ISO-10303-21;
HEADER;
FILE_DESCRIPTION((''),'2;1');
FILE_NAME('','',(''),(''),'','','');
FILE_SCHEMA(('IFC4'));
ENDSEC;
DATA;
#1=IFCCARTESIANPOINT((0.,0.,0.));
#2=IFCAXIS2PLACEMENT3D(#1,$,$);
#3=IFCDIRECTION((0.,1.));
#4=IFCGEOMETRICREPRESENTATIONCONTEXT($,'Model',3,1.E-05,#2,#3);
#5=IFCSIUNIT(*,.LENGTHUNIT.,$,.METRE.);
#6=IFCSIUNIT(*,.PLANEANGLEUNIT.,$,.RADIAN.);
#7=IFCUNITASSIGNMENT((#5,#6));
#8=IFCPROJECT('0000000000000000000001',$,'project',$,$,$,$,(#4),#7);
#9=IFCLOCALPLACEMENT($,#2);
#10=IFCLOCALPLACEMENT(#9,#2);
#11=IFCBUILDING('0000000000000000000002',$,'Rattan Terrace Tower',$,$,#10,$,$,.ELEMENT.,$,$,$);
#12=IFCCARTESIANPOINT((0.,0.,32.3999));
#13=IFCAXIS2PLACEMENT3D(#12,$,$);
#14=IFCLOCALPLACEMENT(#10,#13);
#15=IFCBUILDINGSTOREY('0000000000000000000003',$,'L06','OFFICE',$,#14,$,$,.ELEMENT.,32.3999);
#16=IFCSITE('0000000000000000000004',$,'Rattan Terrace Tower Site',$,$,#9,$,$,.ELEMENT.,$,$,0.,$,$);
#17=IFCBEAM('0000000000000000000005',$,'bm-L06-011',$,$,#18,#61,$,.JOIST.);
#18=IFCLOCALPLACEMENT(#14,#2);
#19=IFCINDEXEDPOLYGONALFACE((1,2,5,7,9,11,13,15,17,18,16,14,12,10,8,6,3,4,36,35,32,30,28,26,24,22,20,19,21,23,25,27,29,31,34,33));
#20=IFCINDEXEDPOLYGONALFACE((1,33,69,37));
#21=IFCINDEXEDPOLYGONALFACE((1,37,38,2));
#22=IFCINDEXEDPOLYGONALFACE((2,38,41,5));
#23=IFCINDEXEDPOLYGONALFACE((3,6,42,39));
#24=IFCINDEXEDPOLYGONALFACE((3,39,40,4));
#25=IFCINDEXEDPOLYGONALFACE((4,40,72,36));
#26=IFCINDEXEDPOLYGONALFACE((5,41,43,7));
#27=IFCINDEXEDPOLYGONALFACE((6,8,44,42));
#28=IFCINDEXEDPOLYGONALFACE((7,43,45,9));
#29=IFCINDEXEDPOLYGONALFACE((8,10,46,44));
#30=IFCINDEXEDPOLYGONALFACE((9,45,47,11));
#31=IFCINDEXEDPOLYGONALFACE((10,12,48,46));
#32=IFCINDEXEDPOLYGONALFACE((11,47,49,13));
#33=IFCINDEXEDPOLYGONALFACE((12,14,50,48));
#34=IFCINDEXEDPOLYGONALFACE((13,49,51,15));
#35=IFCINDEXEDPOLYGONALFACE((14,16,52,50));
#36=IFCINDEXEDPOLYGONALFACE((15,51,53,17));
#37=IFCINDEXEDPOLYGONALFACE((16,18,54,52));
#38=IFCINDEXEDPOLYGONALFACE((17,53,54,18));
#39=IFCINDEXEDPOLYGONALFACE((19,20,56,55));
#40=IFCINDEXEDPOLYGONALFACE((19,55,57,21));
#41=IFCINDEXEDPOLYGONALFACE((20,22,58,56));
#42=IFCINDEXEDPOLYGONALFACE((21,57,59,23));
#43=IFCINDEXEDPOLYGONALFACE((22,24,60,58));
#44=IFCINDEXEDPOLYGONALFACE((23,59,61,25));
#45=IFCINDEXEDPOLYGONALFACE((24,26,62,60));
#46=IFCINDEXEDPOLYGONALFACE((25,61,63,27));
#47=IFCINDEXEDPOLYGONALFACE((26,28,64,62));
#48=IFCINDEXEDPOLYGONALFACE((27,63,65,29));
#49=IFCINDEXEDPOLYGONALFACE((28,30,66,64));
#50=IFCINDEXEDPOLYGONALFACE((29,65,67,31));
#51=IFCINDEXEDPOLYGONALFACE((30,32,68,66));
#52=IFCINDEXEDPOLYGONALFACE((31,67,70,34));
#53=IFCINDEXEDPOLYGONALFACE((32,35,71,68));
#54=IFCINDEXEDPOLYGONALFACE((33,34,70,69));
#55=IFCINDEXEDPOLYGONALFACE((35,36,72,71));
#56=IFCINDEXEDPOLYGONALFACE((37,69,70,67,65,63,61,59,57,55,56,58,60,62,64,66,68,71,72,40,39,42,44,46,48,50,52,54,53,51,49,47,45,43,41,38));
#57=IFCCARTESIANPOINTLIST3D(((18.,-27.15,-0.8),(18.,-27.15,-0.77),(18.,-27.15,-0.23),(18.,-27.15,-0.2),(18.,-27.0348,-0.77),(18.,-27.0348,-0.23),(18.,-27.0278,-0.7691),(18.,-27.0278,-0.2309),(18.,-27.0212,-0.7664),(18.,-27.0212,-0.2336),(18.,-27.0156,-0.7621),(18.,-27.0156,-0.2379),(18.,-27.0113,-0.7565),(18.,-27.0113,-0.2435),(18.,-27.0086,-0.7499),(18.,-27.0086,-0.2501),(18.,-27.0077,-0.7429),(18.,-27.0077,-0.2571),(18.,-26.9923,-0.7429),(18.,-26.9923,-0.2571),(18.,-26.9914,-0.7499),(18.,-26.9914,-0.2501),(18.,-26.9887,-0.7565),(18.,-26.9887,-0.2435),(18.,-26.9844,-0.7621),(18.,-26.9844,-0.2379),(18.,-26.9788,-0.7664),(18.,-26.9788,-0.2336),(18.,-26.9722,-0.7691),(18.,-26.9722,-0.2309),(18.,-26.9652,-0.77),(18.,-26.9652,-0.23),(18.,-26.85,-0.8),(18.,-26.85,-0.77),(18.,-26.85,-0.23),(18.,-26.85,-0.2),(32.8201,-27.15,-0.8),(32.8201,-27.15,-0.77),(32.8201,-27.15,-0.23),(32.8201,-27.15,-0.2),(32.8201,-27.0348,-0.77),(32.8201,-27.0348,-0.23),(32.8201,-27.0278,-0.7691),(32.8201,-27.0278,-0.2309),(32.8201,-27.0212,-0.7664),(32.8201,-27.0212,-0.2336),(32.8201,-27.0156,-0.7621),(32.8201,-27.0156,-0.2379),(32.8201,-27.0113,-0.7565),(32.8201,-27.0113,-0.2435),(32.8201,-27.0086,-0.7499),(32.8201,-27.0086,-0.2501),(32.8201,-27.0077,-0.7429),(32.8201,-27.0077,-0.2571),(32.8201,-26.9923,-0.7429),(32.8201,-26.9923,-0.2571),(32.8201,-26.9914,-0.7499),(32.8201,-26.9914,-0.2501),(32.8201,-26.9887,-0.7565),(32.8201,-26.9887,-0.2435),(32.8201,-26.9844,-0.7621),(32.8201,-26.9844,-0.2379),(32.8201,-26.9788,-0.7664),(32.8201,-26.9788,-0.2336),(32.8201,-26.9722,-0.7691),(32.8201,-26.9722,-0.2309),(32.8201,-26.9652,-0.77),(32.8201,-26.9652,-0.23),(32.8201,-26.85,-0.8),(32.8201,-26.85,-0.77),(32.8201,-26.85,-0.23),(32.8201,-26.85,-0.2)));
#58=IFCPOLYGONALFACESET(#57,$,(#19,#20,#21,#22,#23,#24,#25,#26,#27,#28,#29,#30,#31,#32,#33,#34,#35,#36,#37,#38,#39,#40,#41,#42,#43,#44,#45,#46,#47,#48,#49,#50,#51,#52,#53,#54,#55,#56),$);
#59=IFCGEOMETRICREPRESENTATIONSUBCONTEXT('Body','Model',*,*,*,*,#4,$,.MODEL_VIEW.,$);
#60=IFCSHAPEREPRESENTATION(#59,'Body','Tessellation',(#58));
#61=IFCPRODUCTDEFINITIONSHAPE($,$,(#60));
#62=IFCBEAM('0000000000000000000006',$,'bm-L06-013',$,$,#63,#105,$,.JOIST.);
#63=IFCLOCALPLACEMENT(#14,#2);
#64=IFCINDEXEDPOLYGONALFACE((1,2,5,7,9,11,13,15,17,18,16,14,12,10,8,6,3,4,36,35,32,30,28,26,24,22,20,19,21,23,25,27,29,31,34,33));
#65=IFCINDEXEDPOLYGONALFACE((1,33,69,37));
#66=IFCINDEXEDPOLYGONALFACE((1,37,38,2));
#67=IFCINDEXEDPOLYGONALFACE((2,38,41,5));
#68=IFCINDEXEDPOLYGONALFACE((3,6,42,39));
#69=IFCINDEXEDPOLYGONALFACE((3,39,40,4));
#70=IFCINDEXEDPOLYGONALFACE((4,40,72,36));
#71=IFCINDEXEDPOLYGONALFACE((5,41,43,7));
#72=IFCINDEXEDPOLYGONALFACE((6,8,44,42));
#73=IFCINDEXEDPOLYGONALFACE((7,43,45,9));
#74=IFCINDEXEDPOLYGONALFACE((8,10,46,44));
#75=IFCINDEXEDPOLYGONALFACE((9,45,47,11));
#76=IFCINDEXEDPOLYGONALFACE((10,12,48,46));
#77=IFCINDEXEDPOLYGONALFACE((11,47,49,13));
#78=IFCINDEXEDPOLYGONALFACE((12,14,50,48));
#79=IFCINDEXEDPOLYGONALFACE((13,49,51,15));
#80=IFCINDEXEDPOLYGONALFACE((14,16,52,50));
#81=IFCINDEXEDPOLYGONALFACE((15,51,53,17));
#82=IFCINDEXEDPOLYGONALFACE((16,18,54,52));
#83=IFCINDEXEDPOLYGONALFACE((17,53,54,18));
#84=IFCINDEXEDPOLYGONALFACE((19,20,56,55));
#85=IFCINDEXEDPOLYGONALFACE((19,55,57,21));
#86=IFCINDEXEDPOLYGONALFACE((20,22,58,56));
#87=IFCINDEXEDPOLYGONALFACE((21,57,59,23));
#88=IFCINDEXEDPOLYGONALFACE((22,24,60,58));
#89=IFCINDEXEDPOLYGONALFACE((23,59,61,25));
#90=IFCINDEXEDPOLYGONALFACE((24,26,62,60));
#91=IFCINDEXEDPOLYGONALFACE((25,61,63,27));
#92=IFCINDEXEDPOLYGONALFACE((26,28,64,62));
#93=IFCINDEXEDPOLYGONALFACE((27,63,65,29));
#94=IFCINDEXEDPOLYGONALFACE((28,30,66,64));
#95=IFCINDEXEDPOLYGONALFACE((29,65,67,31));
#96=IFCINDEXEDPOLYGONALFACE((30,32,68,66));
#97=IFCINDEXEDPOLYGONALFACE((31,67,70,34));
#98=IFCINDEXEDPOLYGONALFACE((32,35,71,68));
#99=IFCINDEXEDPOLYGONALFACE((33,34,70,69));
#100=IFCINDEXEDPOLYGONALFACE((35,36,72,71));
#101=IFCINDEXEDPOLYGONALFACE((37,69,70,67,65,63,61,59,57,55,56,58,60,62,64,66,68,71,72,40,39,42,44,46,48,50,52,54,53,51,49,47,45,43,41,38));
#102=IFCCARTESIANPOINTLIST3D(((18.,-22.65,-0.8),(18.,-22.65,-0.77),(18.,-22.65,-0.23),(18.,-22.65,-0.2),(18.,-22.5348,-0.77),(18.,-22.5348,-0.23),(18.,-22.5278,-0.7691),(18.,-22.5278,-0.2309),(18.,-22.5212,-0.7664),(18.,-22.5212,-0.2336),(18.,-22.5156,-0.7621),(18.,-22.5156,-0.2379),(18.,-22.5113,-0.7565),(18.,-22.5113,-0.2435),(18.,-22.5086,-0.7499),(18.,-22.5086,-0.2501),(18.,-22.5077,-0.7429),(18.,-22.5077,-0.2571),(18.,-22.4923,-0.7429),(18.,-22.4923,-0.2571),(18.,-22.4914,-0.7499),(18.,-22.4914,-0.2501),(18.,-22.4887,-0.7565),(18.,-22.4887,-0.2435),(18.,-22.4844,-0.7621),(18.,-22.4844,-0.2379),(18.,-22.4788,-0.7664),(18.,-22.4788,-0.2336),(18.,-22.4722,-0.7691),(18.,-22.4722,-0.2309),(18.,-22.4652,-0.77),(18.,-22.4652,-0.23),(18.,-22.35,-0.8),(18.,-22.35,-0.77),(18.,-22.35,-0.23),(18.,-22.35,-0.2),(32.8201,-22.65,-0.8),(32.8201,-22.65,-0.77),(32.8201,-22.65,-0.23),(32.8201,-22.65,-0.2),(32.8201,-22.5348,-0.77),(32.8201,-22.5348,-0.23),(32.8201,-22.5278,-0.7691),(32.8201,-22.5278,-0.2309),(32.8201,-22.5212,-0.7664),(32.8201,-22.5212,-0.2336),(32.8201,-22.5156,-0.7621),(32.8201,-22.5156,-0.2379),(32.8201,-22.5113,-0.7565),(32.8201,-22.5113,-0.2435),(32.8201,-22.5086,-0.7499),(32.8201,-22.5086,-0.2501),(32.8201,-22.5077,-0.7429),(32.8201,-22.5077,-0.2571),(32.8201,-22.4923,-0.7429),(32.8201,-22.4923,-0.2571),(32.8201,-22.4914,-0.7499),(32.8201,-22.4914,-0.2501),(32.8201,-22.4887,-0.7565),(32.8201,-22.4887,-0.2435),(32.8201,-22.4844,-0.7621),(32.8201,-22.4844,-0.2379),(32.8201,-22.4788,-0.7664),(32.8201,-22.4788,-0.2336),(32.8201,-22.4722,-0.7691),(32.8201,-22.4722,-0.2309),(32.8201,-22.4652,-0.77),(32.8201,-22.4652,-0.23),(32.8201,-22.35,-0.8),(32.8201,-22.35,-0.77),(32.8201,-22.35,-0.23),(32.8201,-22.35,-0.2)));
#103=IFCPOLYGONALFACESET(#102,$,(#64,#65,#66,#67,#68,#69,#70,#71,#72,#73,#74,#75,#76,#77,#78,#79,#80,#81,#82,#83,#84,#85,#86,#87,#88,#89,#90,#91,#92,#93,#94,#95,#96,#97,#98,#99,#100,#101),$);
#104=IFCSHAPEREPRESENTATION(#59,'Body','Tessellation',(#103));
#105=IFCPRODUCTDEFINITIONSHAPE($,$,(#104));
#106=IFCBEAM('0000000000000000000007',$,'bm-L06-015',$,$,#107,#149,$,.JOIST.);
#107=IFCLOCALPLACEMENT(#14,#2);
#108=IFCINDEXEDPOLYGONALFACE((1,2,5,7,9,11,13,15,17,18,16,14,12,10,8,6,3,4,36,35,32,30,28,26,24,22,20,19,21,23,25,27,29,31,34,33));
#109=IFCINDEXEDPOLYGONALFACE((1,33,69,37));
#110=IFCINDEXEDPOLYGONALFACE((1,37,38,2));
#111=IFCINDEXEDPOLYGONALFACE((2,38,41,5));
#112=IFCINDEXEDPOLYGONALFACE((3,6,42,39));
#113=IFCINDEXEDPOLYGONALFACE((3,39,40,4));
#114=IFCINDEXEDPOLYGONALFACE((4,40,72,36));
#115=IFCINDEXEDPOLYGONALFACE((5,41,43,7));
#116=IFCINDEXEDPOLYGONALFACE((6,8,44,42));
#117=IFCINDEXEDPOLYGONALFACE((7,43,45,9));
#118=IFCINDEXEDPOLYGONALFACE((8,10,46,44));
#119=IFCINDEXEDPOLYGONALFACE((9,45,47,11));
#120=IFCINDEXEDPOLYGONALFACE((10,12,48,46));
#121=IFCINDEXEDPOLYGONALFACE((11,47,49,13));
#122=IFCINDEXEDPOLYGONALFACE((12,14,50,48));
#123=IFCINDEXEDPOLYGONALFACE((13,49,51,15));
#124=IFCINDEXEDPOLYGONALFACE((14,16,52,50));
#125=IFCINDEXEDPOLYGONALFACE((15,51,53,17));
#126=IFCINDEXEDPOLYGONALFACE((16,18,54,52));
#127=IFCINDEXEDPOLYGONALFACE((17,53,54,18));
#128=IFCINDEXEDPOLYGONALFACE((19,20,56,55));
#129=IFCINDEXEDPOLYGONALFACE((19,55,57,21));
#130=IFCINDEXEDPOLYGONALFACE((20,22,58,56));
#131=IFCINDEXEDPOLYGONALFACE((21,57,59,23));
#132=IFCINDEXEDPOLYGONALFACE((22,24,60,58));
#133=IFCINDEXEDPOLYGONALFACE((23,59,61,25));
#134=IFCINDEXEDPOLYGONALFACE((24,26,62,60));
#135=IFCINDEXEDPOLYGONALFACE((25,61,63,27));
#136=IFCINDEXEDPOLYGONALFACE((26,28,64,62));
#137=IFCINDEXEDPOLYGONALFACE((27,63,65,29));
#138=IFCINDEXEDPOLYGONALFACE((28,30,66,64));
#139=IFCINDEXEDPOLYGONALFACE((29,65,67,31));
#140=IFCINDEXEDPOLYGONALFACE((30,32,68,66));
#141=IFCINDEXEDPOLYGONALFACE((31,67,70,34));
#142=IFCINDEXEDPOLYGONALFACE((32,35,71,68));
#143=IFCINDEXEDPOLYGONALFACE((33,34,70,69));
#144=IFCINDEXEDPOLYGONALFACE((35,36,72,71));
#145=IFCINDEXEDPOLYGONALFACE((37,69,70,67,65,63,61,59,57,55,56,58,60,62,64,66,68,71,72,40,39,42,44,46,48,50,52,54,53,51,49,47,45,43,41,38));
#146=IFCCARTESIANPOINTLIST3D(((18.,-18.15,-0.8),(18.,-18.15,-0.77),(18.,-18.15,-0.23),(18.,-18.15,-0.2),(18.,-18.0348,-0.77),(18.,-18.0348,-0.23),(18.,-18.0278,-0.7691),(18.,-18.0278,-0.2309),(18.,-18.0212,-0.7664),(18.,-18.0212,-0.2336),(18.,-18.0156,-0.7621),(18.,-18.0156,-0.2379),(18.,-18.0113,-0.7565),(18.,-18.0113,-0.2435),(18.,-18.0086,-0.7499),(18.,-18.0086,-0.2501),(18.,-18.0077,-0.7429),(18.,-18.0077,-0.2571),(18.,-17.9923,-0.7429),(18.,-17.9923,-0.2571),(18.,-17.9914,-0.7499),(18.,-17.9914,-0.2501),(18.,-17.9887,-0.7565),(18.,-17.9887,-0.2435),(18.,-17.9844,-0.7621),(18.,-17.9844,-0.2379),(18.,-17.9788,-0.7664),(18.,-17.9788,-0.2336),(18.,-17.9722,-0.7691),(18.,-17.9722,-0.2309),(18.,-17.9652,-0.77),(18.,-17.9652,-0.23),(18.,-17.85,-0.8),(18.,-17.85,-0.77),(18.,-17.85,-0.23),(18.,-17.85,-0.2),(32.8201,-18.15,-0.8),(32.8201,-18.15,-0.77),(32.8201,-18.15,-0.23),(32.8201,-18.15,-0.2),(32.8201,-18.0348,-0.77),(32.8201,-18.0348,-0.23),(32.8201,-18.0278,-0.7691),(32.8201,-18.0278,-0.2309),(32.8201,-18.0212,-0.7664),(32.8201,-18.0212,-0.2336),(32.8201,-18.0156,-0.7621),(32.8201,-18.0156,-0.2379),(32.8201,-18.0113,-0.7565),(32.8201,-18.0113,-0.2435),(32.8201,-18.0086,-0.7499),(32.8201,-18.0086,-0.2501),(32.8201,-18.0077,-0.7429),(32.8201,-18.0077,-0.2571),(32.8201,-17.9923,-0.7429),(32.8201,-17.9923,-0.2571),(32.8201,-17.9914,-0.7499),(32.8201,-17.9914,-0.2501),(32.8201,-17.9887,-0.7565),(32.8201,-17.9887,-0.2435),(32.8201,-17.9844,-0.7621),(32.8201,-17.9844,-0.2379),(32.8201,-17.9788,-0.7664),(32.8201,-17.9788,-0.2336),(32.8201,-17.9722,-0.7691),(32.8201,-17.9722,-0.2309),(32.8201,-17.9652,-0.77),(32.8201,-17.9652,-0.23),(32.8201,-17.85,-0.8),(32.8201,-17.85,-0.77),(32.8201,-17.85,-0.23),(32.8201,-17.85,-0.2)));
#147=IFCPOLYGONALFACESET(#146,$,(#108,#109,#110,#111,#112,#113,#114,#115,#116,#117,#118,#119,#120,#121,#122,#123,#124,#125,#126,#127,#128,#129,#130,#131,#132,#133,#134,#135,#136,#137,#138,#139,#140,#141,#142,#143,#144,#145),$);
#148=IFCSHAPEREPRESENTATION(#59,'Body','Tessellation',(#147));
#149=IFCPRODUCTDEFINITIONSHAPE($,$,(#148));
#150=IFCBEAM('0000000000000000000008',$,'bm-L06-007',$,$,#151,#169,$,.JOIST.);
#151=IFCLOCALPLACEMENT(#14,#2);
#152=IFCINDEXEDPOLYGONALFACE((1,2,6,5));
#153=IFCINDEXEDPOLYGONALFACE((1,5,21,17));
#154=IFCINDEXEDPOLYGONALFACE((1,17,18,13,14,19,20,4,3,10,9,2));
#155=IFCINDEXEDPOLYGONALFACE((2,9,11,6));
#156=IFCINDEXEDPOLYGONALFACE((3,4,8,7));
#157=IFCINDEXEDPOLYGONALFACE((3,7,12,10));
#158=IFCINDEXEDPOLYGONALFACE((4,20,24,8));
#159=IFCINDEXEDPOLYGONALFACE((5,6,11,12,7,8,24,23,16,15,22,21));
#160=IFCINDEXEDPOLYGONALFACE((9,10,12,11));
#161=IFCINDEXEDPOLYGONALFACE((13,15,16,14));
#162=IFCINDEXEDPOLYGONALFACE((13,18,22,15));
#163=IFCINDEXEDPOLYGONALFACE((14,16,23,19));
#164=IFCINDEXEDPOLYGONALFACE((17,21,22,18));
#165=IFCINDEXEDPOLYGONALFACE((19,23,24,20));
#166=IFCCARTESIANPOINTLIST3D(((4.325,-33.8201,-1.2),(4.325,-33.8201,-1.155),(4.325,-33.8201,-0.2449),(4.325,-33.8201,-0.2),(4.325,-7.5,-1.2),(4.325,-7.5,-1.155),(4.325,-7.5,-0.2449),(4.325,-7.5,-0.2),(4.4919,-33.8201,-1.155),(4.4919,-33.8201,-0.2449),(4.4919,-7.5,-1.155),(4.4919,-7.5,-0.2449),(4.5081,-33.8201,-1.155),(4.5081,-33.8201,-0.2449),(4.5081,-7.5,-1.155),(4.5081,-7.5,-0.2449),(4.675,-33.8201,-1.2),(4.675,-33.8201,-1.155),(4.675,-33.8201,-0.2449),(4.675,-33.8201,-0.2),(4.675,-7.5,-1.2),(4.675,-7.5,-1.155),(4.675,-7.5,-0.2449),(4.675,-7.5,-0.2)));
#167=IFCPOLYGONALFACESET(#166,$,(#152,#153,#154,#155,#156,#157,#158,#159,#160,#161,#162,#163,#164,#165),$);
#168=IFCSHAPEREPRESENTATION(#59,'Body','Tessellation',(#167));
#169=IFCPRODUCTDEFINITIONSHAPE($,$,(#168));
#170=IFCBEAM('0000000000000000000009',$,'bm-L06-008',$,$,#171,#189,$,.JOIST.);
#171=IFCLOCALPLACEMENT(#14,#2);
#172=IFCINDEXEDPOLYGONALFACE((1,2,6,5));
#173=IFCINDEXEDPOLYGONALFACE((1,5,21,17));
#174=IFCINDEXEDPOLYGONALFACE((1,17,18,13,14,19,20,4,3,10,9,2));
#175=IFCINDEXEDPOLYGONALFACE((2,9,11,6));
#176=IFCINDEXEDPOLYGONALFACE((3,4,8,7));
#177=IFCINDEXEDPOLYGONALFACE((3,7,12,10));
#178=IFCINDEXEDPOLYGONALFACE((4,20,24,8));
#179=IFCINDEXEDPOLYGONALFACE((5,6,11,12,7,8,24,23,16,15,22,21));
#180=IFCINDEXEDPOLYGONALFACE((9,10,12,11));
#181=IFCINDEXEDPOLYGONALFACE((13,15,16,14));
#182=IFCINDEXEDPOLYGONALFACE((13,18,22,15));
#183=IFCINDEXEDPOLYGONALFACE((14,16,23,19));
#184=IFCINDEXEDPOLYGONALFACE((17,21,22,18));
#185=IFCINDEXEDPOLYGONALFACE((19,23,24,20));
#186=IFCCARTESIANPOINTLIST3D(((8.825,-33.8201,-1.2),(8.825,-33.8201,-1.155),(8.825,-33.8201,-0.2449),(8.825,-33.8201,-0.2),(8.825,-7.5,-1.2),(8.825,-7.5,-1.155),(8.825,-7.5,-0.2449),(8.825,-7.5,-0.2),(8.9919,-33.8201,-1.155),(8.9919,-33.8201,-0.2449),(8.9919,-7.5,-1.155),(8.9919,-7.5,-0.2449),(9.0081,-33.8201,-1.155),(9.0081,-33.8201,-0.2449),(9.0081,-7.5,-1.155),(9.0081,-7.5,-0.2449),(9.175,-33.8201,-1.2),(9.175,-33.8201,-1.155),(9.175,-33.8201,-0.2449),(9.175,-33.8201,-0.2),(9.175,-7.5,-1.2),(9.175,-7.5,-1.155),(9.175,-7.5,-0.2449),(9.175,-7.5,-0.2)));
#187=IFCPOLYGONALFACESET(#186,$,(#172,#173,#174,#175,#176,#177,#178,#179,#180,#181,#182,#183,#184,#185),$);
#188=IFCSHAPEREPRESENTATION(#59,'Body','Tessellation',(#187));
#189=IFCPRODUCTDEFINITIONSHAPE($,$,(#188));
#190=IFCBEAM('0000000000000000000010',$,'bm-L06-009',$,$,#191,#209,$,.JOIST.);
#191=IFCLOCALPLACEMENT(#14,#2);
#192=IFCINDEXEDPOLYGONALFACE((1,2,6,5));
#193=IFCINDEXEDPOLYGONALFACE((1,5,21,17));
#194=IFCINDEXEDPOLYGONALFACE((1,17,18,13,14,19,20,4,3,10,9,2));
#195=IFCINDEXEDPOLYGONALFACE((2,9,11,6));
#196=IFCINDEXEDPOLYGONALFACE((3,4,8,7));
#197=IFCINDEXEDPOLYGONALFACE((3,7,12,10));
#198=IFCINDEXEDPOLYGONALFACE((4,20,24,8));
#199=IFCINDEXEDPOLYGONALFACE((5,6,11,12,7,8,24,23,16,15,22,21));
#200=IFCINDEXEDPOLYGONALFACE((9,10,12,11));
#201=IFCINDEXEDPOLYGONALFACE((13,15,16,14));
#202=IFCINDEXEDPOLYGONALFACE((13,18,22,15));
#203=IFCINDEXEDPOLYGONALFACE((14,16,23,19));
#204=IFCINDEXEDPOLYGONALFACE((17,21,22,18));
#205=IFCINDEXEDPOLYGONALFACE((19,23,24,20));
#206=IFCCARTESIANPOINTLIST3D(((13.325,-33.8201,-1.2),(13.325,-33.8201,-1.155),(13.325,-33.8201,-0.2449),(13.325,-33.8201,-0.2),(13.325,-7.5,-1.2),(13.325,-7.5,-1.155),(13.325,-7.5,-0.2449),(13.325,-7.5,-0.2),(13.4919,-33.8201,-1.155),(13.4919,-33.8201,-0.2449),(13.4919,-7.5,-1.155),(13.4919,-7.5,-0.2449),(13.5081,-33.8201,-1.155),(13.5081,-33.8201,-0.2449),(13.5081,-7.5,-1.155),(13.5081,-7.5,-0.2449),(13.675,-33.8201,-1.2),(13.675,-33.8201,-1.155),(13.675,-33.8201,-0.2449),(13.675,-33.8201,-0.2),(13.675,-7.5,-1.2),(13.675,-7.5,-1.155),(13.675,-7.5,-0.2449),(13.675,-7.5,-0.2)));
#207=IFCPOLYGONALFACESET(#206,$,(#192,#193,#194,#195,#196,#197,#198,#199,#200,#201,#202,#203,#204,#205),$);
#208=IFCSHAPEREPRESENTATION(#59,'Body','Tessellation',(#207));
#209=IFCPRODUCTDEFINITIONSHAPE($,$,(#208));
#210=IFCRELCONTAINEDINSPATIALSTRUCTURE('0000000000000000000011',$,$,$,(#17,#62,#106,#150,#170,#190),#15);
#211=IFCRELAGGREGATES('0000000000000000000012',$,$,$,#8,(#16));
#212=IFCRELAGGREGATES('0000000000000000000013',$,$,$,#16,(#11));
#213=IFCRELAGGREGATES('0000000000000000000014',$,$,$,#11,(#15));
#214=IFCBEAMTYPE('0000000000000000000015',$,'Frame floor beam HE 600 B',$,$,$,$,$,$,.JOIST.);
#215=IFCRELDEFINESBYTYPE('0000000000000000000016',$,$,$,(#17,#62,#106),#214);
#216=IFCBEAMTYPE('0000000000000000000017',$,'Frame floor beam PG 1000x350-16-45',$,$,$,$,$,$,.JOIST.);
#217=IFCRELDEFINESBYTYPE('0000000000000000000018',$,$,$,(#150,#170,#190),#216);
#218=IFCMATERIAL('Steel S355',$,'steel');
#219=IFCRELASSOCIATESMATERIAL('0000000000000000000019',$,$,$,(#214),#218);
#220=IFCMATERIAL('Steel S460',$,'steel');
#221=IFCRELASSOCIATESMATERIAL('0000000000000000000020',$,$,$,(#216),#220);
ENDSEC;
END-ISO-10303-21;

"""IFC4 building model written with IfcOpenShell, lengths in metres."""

from ifc_helpers import new_model, si_unit, direction, frame, origin, origin_2d, place, context, subcontext, project, spatial, i_section, extrude, material, material_profile, profile_set, type_object, element, save


model = new_model("IFC4")

# Units and contexts
model_context = context("Model", 3, precision=1e-05, world=origin(), true_north=direction((0.0, 1.0)))
body_context = subcontext(model_context, "Body", "Model", "MODEL_VIEW")
ifc_project = project(units=[si_unit("LENGTHUNIT", "METRE"), si_unit("PLANEANGLEUNIT", "RADIAN")], contexts=[model_context])

# Site, building, storey
site_placement = place(None, origin())
site = spatial("IfcSite", under=ifc_project, at=site_placement, Name="Rattan Terrace Tower Site", CompositionType="ELEMENT", RefElevation=0.0)
building_placement = place(site_placement, origin())
building = spatial("IfcBuilding", under=site, at=building_placement, Name="Rattan Terrace Tower", CompositionType="ELEMENT")
storey_placement = place(building_placement, frame((0.0, 0.0, 32.3999)))
storey = spatial("IfcBuildingStorey", under=building, at=storey_placement, Name="L06", Description="OFFICE", CompositionType="ELEMENT", Elevation=32.3999)

# Beams
ifc_material_1 = material(Name="Steel S355", Category="steel")
ifc_material_profile_1 = material_profile(ifc_material_1, i_section(OverallWidth=0.3, OverallDepth=0.6001, WebThickness=0.0154, FlangeThickness=0.03, FilletRadius=0.0271, at=origin_2d()), Name="HE 600 B")
ifc_profile_set_1 = profile_set([ifc_material_profile_1], Name="Steel S355")
beam_type_1 = type_object("IfcBeamType", Name="Frame floor beam HE 600 B", PredefinedType="JOIST", material=ifc_profile_set_1)
for number, where, z_axis, x_axis, name in (
    (1, (18.0, -27.0, -0.5), (1.0, 0.0, 0.0), (0.0, 1.0, 0.0), "bm-L06-011"),
    (2, (18.0, -22.5, -0.5), (1.0, 0.0, 0.0), (0.0, 1.0, 0.0), "bm-L06-013"),
    (3, (18.0, -18.0, -0.5), (1.0, 0.0, 0.0), (0.0, 1.0, 0.0), "bm-L06-015"),
):
    element("IfcBeam", number, at=place(storey_placement, frame(where, z_axis=z_axis, x_axis=x_axis)), inside=storey, type_object=beam_type_1, Name=name, PredefinedType="JOIST", context=body_context, shape_type="SweptSolid", body=[
        extrude(i_section(OverallWidth=0.3, OverallDepth=0.6001, WebThickness=0.0154, FlangeThickness=0.03, FilletRadius=0.0271, at=origin_2d()), origin(), (0.0, 0.0, 1.0), 14.8201),
    ])
ifc_material_2 = material(Name="Steel S460", Category="steel")
ifc_material_profile_2 = material_profile(ifc_material_2, i_section(OverallWidth=0.3501, OverallDepth=1.0, WebThickness=0.0161, FlangeThickness=0.0449, at=origin_2d()), Name="PG 1000x350-16-45")
ifc_profile_set_2 = profile_set([ifc_material_profile_2], Name="Steel S460")
beam_type_2 = type_object("IfcBeamType", Name="Frame floor beam PG 1000x350-16-45", PredefinedType="JOIST", material=ifc_profile_set_2)
for number, where, z_axis, x_axis, name in (
    (4, (4.5, -33.8201, -0.7), (0.0, 1.0, 0.0), (-1.0, 0.0, 0.0), "bm-L06-007"),
    (5, (9.0, -33.8201, -0.7), (0.0, 1.0, 0.0), (-1.0, 0.0, 0.0), "bm-L06-008"),
    (6, (13.5, -33.8201, -0.7), (0.0, 1.0, 0.0), (-1.0, 0.0, 0.0), "bm-L06-009"),
):
    element("IfcBeam", number, at=place(storey_placement, frame(where, z_axis=z_axis, x_axis=x_axis)), inside=storey, type_object=beam_type_2, Name=name, PredefinedType="JOIST", context=body_context, shape_type="SweptSolid", body=[
        extrude(i_section(OverallWidth=0.3501, OverallDepth=1.0, WebThickness=0.0161, FlangeThickness=0.0449, at=origin_2d()), origin(), (0.0, 0.0, 1.0), 26.3201),
    ])

save(model, "model.ifc")
